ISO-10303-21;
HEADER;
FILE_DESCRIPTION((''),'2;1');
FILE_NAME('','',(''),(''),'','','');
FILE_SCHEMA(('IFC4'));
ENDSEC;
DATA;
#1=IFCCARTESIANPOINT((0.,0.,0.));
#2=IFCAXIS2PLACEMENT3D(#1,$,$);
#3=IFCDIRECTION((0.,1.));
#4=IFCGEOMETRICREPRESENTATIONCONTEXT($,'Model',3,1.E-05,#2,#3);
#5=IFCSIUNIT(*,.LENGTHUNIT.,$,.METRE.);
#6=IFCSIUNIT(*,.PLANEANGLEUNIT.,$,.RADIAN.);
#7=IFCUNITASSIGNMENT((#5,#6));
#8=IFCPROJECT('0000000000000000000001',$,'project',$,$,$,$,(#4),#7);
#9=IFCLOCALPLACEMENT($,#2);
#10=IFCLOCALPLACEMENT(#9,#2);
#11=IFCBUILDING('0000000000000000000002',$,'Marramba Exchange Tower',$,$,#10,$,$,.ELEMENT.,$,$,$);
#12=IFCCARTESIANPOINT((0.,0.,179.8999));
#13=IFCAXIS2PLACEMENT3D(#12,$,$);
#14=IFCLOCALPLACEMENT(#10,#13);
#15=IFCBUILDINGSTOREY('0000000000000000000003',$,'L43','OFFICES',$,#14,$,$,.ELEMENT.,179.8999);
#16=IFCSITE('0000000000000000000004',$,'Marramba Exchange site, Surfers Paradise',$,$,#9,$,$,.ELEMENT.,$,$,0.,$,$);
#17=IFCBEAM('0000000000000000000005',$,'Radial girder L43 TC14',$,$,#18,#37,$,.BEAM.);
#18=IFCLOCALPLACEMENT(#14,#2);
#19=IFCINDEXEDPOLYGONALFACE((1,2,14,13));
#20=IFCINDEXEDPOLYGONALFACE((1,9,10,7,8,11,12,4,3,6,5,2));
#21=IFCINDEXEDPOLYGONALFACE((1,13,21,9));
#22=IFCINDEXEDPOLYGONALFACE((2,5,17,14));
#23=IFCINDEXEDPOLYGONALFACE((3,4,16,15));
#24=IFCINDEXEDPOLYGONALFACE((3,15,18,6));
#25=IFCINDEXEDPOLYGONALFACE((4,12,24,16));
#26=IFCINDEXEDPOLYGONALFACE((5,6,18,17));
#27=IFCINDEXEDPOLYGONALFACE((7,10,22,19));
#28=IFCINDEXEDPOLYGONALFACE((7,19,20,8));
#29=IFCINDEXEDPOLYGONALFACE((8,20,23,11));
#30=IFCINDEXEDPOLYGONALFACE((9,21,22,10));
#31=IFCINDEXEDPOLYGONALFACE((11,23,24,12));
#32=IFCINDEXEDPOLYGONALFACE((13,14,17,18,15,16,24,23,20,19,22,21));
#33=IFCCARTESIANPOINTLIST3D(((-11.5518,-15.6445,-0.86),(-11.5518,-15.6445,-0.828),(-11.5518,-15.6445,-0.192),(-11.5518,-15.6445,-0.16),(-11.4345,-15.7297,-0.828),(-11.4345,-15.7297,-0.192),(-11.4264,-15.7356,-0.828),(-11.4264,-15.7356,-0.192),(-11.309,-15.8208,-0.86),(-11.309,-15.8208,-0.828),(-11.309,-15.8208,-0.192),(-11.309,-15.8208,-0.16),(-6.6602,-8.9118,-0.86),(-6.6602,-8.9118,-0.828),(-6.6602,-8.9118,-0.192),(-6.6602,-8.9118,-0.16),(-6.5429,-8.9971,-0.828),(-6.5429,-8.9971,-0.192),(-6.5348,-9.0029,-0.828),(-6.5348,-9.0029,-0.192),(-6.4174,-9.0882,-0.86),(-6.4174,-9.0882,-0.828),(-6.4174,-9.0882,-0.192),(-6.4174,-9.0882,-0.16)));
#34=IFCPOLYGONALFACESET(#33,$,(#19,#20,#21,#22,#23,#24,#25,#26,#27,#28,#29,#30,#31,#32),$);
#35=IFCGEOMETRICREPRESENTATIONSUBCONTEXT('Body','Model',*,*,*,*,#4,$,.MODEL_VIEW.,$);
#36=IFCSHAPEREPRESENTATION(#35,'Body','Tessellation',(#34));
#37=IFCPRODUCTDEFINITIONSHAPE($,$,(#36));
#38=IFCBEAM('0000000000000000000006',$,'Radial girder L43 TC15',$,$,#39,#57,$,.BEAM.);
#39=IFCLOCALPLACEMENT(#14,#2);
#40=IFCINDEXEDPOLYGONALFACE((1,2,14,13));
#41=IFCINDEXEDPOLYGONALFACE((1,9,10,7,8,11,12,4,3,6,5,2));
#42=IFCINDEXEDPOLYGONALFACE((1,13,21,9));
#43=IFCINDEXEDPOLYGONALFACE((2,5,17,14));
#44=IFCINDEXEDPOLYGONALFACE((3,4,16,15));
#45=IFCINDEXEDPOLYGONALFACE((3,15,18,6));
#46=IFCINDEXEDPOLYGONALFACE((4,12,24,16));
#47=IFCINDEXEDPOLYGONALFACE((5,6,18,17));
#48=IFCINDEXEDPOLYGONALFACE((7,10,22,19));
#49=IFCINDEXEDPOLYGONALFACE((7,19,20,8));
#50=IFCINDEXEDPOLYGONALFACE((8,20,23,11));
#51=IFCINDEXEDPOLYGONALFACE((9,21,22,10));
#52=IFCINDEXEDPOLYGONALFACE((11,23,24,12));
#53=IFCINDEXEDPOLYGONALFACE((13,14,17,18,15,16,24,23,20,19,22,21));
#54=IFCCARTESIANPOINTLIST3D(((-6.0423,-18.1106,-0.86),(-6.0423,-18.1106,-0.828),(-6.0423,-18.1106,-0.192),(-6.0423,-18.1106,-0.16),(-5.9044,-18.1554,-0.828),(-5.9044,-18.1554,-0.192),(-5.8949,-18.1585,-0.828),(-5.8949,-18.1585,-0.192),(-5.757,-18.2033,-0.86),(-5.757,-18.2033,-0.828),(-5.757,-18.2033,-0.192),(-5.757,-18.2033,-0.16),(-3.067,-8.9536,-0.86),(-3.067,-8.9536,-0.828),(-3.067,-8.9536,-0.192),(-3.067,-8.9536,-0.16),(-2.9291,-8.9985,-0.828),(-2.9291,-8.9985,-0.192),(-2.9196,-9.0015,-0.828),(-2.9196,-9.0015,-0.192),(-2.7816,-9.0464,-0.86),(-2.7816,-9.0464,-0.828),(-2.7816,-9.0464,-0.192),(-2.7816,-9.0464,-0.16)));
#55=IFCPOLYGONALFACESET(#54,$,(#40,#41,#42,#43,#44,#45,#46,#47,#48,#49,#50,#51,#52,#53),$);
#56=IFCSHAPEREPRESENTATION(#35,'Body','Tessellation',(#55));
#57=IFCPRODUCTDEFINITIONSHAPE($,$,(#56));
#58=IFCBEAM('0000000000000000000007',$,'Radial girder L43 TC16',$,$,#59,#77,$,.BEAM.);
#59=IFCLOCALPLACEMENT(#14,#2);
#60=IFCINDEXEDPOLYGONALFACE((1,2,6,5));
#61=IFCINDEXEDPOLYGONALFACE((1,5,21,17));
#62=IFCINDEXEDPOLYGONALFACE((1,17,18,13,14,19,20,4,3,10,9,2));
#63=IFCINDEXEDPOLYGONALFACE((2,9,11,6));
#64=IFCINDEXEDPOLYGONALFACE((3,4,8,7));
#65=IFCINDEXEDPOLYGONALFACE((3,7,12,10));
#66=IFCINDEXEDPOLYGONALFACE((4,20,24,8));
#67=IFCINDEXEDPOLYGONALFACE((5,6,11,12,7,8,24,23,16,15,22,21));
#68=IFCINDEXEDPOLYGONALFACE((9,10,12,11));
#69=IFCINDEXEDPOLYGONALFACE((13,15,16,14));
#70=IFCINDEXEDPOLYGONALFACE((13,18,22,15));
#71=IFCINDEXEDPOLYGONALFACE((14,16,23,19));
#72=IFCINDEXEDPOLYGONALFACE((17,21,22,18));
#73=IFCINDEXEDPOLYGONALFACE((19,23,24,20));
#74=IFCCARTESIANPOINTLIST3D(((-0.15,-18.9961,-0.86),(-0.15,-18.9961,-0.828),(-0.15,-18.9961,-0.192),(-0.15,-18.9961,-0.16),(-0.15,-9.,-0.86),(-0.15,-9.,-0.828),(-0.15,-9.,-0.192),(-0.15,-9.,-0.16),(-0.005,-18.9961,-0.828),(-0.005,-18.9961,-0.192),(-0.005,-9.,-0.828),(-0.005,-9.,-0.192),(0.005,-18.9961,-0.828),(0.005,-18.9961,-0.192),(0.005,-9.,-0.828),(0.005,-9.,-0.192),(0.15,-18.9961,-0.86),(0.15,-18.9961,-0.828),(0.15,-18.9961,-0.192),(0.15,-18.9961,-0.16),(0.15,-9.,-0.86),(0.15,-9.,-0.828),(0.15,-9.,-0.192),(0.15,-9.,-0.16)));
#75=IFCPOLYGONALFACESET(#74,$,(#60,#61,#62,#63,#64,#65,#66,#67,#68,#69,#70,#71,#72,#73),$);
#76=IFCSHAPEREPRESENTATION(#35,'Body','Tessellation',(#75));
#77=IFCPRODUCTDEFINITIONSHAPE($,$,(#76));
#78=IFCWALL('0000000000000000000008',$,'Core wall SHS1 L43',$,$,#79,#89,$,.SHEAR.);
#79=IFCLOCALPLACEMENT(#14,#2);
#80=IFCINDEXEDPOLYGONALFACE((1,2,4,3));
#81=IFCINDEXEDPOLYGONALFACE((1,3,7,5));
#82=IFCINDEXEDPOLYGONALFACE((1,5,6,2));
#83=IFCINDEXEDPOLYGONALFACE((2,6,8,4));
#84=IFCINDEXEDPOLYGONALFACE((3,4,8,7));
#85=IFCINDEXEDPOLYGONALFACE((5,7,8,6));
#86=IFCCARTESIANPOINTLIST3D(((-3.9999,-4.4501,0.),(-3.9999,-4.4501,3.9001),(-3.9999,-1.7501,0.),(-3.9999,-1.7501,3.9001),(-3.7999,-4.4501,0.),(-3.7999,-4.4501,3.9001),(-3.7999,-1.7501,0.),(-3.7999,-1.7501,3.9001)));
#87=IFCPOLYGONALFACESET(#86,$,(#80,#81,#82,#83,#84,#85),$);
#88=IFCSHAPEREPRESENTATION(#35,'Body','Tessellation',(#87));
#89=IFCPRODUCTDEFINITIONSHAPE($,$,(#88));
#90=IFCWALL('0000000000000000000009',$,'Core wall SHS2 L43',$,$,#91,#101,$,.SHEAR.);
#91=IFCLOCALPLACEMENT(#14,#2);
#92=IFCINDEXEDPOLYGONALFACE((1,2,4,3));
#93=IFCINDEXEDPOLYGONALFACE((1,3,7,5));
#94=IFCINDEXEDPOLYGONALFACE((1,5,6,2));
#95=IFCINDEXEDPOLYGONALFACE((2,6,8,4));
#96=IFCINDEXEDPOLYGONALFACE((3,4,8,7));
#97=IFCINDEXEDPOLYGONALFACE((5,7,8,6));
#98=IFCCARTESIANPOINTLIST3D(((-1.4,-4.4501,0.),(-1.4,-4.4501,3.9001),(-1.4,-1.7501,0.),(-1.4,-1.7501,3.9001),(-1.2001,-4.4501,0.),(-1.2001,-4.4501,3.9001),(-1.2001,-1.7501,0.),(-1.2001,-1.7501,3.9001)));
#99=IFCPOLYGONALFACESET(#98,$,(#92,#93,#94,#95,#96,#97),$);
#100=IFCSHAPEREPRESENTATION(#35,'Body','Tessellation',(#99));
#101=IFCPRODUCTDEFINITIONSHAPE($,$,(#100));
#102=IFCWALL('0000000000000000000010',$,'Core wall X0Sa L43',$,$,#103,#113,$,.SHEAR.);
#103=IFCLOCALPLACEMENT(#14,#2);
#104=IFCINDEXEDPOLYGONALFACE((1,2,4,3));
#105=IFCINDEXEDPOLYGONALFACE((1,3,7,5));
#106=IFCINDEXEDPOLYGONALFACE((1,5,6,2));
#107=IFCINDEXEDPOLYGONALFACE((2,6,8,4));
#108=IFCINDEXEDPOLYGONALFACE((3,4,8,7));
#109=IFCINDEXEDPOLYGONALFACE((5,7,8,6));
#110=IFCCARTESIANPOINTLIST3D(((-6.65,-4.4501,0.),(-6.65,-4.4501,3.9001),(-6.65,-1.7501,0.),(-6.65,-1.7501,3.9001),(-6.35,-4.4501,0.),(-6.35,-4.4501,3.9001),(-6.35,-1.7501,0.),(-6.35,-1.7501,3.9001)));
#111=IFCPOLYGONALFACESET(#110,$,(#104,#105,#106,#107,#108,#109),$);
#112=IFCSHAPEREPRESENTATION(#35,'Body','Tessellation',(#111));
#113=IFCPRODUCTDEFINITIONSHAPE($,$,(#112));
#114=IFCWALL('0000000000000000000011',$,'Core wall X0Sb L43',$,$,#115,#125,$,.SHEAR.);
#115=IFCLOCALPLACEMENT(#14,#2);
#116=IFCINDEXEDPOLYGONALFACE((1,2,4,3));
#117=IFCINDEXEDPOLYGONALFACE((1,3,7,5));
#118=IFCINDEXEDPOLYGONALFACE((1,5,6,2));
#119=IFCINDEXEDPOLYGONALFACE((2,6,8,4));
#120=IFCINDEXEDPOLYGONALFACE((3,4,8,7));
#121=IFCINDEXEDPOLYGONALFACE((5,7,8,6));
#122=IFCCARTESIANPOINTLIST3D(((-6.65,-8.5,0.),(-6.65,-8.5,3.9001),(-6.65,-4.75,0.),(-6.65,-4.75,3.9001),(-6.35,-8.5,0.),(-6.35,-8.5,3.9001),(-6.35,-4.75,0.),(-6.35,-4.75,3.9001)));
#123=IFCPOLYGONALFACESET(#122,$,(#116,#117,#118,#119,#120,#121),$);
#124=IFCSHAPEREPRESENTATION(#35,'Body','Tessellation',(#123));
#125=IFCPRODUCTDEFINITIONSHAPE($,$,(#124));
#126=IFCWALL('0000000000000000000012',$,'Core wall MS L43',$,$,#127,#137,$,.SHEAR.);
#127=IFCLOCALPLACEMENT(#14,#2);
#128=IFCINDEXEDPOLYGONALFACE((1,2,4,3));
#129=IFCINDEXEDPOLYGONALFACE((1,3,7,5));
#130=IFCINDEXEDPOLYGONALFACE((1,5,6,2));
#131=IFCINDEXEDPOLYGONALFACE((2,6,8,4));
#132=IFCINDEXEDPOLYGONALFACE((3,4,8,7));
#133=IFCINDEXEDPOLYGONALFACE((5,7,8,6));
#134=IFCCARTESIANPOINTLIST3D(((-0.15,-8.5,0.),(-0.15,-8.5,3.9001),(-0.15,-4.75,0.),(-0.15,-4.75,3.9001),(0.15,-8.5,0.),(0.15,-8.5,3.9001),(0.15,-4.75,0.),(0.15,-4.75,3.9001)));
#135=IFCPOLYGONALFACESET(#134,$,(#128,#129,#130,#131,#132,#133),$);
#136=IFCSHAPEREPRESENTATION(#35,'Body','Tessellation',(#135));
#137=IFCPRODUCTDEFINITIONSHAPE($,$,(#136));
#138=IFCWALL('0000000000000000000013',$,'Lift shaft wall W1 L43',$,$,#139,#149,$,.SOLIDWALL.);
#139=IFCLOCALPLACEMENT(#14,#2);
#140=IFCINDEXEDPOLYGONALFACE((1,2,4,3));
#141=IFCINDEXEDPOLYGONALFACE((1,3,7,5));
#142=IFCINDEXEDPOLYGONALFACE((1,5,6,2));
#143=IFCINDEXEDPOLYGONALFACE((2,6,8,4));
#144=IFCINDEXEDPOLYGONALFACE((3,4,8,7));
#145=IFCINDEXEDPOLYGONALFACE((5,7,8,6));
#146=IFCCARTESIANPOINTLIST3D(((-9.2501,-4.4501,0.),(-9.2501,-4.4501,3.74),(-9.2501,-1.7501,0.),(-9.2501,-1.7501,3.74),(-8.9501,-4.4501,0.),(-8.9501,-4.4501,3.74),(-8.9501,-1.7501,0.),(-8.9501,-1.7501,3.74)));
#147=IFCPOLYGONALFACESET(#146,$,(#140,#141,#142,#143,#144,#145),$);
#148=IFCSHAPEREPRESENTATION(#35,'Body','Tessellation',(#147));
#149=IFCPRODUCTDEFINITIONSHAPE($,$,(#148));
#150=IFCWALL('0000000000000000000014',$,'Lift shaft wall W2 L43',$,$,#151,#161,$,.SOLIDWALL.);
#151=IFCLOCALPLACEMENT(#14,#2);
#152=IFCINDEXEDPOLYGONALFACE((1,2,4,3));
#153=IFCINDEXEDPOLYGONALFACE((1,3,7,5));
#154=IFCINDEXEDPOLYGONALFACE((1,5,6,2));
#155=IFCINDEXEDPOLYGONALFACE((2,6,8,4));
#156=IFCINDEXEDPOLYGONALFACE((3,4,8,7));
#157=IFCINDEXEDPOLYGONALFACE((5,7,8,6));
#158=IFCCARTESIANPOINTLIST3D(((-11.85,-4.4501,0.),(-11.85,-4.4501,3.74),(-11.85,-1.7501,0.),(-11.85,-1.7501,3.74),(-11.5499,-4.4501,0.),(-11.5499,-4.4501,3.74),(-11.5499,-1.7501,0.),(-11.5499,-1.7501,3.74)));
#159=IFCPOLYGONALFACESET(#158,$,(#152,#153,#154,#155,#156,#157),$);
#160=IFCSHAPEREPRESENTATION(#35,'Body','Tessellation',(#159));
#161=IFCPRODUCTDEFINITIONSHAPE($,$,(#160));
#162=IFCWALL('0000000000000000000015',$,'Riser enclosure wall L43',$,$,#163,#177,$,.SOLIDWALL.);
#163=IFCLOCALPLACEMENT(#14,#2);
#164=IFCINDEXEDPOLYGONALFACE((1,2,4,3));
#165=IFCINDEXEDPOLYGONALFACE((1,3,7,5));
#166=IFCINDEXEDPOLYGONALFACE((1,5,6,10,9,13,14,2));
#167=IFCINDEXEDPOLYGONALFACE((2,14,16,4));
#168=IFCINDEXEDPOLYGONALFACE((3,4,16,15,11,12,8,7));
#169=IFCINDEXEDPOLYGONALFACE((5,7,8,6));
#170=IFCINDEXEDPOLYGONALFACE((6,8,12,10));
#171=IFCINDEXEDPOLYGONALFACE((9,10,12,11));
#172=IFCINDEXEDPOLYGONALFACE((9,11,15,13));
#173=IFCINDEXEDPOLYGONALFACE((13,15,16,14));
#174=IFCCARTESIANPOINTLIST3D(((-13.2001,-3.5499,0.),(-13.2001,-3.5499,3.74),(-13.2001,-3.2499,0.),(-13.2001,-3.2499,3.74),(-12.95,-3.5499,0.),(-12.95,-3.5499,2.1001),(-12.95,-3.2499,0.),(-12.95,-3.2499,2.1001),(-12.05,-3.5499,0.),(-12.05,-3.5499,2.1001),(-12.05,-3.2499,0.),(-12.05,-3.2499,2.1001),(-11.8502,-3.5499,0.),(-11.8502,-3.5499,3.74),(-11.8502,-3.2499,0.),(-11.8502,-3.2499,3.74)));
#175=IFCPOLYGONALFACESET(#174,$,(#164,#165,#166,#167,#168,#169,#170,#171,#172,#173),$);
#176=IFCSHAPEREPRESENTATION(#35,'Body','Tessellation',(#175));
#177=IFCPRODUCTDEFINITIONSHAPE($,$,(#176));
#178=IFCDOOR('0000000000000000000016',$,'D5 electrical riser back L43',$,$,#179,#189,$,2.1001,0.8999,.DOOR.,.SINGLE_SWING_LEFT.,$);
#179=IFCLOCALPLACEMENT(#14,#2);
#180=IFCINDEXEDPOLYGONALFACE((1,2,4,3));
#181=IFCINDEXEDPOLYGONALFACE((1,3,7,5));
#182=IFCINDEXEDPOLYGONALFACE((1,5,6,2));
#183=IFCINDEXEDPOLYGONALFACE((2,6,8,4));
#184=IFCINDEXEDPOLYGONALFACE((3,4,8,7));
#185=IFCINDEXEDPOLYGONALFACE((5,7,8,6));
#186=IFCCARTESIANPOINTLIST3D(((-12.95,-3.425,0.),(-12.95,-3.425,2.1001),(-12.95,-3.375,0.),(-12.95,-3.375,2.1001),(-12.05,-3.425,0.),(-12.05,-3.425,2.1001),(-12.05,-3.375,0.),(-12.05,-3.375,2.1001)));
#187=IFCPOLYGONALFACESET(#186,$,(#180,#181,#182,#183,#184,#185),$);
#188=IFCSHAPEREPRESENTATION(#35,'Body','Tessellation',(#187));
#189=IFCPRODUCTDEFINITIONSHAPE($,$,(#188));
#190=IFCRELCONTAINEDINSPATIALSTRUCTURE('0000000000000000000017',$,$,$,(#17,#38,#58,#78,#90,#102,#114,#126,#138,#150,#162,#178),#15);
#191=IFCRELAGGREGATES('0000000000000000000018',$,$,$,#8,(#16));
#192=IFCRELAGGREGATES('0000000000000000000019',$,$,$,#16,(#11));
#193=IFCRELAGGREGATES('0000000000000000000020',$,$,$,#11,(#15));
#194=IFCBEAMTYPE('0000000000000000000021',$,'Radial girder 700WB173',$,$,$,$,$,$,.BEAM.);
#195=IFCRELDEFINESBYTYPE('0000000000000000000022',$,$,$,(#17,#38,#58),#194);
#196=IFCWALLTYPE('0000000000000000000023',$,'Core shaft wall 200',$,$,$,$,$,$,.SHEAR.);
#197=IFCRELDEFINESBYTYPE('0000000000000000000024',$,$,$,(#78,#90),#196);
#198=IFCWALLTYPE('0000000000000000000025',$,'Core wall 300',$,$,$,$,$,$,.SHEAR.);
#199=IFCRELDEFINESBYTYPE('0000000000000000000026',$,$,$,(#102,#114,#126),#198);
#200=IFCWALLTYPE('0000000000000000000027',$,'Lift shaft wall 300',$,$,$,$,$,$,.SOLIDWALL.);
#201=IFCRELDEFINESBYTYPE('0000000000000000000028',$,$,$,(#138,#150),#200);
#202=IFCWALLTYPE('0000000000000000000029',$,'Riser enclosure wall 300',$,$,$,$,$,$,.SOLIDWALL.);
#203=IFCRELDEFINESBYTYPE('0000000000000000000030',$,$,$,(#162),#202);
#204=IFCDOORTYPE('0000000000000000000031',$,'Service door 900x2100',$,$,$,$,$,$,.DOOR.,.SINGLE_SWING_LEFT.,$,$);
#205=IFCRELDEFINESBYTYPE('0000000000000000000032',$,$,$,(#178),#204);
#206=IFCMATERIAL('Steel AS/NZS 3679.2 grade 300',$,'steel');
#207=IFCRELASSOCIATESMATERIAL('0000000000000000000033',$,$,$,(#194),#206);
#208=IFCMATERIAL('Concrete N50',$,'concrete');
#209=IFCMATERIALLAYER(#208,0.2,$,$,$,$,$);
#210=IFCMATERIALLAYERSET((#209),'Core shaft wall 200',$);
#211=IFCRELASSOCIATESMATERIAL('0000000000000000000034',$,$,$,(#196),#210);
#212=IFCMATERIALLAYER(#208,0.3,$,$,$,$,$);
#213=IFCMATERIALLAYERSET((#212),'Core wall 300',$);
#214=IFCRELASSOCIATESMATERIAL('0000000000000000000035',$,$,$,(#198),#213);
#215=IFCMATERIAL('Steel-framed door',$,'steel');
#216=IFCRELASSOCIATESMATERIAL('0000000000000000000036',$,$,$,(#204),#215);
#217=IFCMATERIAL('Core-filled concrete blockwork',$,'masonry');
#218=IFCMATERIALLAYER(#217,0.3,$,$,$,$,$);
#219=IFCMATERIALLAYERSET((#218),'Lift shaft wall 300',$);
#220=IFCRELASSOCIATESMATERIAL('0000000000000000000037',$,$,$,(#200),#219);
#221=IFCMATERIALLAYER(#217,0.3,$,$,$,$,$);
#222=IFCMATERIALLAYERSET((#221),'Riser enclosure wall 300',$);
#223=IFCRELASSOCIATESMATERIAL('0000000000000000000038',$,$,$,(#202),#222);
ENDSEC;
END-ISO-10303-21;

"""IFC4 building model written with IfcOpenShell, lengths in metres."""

from ifc_helpers import new_model, si_unit, direction, frame, frame_2d, origin, origin_2d, place, context, subcontext, project, spatial, rectangle, i_section, extrude, material, layer, layer_set, material_profile, profile_set, type_object, element, fill, save


model = new_model("IFC4")

# Units and contexts
model_context = context("Model", 3, precision=1e-05, world=origin(), true_north=direction((0.0, 1.0)))
body_context = subcontext(model_context, "Body", "Model", "MODEL_VIEW")
ifc_project = project(units=[si_unit("LENGTHUNIT", "METRE"), si_unit("PLANEANGLEUNIT", "RADIAN")], contexts=[model_context])

# Site, building, storey
site_placement = place(None, origin())
site = spatial("IfcSite", under=ifc_project, at=site_placement, Name="Marramba Exchange site, Surfers Paradise", CompositionType="ELEMENT", RefElevation=0.0)
building_placement = place(site_placement, origin())
building = spatial("IfcBuilding", under=site, at=building_placement, Name="Marramba Exchange Tower", CompositionType="ELEMENT")
storey_placement = place(building_placement, frame((0.0, 0.0, 179.8999)))
storey = spatial("IfcBuildingStorey", under=building, at=storey_placement, Name="L43", Description="OFFICES", CompositionType="ELEMENT", Elevation=179.8999)

# Beams
ifc_material_1 = material(Name="Steel AS/NZS 3679.2 grade 300", Category="steel")
ifc_material_profile = material_profile(ifc_material_1, i_section(OverallWidth=0.3, OverallDepth=0.7, WebThickness=0.01, FlangeThickness=0.032, at=origin_2d()), Name="700WB173")
ifc_profile_set = profile_set([ifc_material_profile], Name="Steel AS/NZS 3679.2 grade 300")
beam_type = type_object("IfcBeamType", Name="Radial girder 700WB173", PredefinedType="BEAM", material=ifc_profile_set)
beam_1_placement = place(storey_placement, frame((-6.5388, -9.0, -0.51), z_axis=(-0.587788, -0.809015, 0.0), x_axis=(0.809015, -0.587788, 0.0)))
element("IfcBeam", 1, at=beam_1_placement, inside=storey, type_object=beam_type, Name="Radial girder L43 TC14", PredefinedType="BEAM", context=body_context, shape_type="SweptSolid", body=[
    extrude(i_section(OverallWidth=0.3, OverallDepth=0.7, WebThickness=0.01, FlangeThickness=0.032, at=origin_2d()), origin(), (0.0, 0.0, 1.0), 8.322),
])
beam_2_placement = place(storey_placement, frame((-2.9243, -9.0, -0.51), z_axis=(-0.309022, -0.951055, 0.0), x_axis=(0.951055, -0.309022, 0.0)))
element("IfcBeam", 2, at=beam_2_placement, inside=storey, type_object=beam_type, Name="Radial girder L43 TC15", PredefinedType="BEAM", context=body_context, shape_type="SweptSolid", body=[
    extrude(i_section(OverallWidth=0.3, OverallDepth=0.7, WebThickness=0.01, FlangeThickness=0.032, at=origin_2d()), origin(), (0.0, 0.0, 1.0), 9.6282),
])
beam_3_placement = place(storey_placement, frame((0.0, -9.0, -0.51), z_axis=(0.0, -1.0, 0.0), x_axis=(1.0, 0.0, 0.0)))
element("IfcBeam", 3, at=beam_3_placement, inside=storey, type_object=beam_type, Name="Radial girder L43 TC16", PredefinedType="BEAM", context=body_context, shape_type="SweptSolid", body=[
    extrude(i_section(OverallWidth=0.3, OverallDepth=0.7, WebThickness=0.01, FlangeThickness=0.032, at=origin_2d()), origin(), (0.0, 0.0, 1.0), 9.9961),
])

# Walls
ifc_material_2 = material(Name="Concrete N50", Category="concrete")
ifc_layer_1 = layer(ifc_material_2, 0.2)
ifc_layer_set_1 = layer_set([ifc_layer_1], Name="Core shaft wall 200")
wall_type_1 = type_object("IfcWallType", Name="Core shaft wall 200", PredefinedType="SHEAR", material=ifc_layer_set_1)
for number, where, z_axis, x_axis, name in (
    (4, (-3.8999, -1.75, 0.0), (0.0, 0.0, 1.0), (0.0, -1.0, 0.0), "Core wall SHS1 L43"),
    (5, (-1.3, -1.75, 0.0), (0.0, 0.0, 1.0), (0.0, -1.0, 0.0), "Core wall SHS2 L43"),
):
    element("IfcWall", number, at=place(storey_placement, frame(where, z_axis=z_axis, x_axis=x_axis)), inside=storey, type_object=wall_type_1, Name=name, PredefinedType="SHEAR", context=body_context, shape_type="SweptSolid", body=[
        extrude(rectangle(XDim=2.7, YDim=0.2, at=frame_2d((1.3501, 0.0))), origin(), (0.0, 0.0, 1.0), 3.9001),
    ])

# Shared definitions
ifc_layer_2 = layer(ifc_material_2, 0.3)
ifc_layer_set_2 = layer_set([ifc_layer_2], Name="Core wall 300")
wall_type_2 = type_object("IfcWallType", Name="Core wall 300", PredefinedType="SHEAR", material=ifc_layer_set_2)
ifc_material_3 = material(Name="Steel-framed door", Category="steel")
door_type_1 = type_object("IfcDoorType", Name="Service door 900x2100", OperationType="SINGLE_SWING_LEFT", PredefinedType="DOOR", material=ifc_material_3)

# Walls
wall_1_placement = place(storey_placement, frame((-6.5, -1.75, 0.0), z_axis=(0.0, 0.0, 1.0), x_axis=(0.0, -1.0, 0.0)))
element("IfcWall", 6, at=wall_1_placement, inside=storey, type_object=wall_type_2, Name="Core wall X0Sa L43", PredefinedType="SHEAR", context=body_context, shape_type="SweptSolid", body=[
    extrude(rectangle(XDim=2.7, YDim=0.3, at=frame_2d((1.3501, 0.0))), origin(), (0.0, 0.0, 1.0), 3.9001),
])
for number, where, z_axis, x_axis, name in (
    (7, (-6.5, -4.75, 0.0), (0.0, 0.0, 1.0), (0.0, -1.0, 0.0), "Core wall X0Sb L43"),
    (8, (0.0, -4.75, 0.0), (0.0, 0.0, 1.0), (0.0, -1.0, 0.0), "Core wall MS L43"),
):
    element("IfcWall", number, at=place(storey_placement, frame(where, z_axis=z_axis, x_axis=x_axis)), inside=storey, type_object=wall_type_2, Name=name, PredefinedType="SHEAR", context=body_context, shape_type="SweptSolid", body=[
        extrude(rectangle(XDim=3.75, YDim=0.3, at=frame_2d((1.875, 0.0))), origin(), (0.0, 0.0, 1.0), 3.9001),
    ])
ifc_material_4 = material(Name="Core-filled concrete blockwork", Category="masonry")
ifc_layer_3 = layer(ifc_material_4, 0.3)
ifc_layer_set_3 = layer_set([ifc_layer_3], Name="Lift shaft wall 300")
wall_type_3 = type_object("IfcWallType", Name="Lift shaft wall 300", PredefinedType="SOLIDWALL", material=ifc_layer_set_3)
for number, where, z_axis, x_axis, name in (
    (9, (-9.1001, -1.75, 0.0), (0.0, 0.0, 1.0), (0.0, -1.0, 0.0), "Lift shaft wall W1 L43"),
    (10, (-11.7, -1.75, 0.0), (0.0, 0.0, 1.0), (0.0, -1.0, 0.0), "Lift shaft wall W2 L43"),
):
    element("IfcWall", number, at=place(storey_placement, frame(where, z_axis=z_axis, x_axis=x_axis)), inside=storey, type_object=wall_type_3, Name=name, PredefinedType="SOLIDWALL", context=body_context, shape_type="SweptSolid", body=[
        extrude(rectangle(XDim=2.7, YDim=0.3, at=frame_2d((1.3501, 0.0))), origin(), (0.0, 0.0, 1.0), 3.74),
    ])

# Wall, opening, door
ifc_layer_4 = layer(ifc_material_4, 0.3)
ifc_layer_set_4 = layer_set([ifc_layer_4], Name="Riser enclosure wall 300")
wall_type_4 = type_object("IfcWallType", Name="Riser enclosure wall 300", PredefinedType="SOLIDWALL", material=ifc_layer_set_4)
wall_2_placement = place(storey_placement, frame((-13.2, -3.3999, 0.0), z_axis=(0.0, 0.0, 1.0), x_axis=(1.0, 0.0, 0.0)))
wall_2 = element("IfcWall", 11, at=wall_2_placement, inside=storey, type_object=wall_type_4, Name="Riser enclosure wall L43", PredefinedType="SOLIDWALL", context=body_context, shape_type="SweptSolid", body=[
    extrude(rectangle(XDim=1.3499, YDim=0.3, at=frame_2d((0.6748, 0.0))), origin(), (0.0, 0.0, 1.0), 3.74),
])
opening_1_placement = place(wall_2_placement, frame((0.25, 0.0, 0.0)))
opening_1 = element("IfcOpeningElement", 12, at=opening_1_placement, cuts=wall_2, PredefinedType="OPENING", context=body_context, shape_type="SweptSolid", body=[
    extrude(rectangle(XDim=0.8999, YDim=2.1001, at=frame_2d((0.45, 1.05))), frame((0.0, 0.1599, 0.0), z_axis=(0.0, -1.0, 0.0), x_axis=(1.0, 0.0, 0.0)), (0.0, 0.0, 1.0), 0.3201),
])
door_1_placement = place(opening_1_placement, frame((0.8999, 0.0, 0.0), z_axis=(0.0, 0.0, 1.0), x_axis=(-1.0, 0.0, 0.0)))
door_1 = element("IfcDoor", 13, at=door_1_placement, inside=storey, type_object=door_type_1, Name="D5 electrical riser back L43", OperationType="SINGLE_SWING_LEFT", OverallHeight=2.1001, OverallWidth=0.8999, PredefinedType="DOOR", context=body_context, shape_type="SweptSolid", body=[
    extrude(rectangle(XDim=0.8999, YDim=2.1001, at=frame_2d((0.45, 1.05))), frame((0.0, 0.0251, 0.0), z_axis=(0.0, -1.0, 0.0), x_axis=(1.0, 0.0, 0.0)), (0.0, 0.0, 1.0), 0.05),
])
fill(opening_1, door_1)

save(model, "model.ifc")
